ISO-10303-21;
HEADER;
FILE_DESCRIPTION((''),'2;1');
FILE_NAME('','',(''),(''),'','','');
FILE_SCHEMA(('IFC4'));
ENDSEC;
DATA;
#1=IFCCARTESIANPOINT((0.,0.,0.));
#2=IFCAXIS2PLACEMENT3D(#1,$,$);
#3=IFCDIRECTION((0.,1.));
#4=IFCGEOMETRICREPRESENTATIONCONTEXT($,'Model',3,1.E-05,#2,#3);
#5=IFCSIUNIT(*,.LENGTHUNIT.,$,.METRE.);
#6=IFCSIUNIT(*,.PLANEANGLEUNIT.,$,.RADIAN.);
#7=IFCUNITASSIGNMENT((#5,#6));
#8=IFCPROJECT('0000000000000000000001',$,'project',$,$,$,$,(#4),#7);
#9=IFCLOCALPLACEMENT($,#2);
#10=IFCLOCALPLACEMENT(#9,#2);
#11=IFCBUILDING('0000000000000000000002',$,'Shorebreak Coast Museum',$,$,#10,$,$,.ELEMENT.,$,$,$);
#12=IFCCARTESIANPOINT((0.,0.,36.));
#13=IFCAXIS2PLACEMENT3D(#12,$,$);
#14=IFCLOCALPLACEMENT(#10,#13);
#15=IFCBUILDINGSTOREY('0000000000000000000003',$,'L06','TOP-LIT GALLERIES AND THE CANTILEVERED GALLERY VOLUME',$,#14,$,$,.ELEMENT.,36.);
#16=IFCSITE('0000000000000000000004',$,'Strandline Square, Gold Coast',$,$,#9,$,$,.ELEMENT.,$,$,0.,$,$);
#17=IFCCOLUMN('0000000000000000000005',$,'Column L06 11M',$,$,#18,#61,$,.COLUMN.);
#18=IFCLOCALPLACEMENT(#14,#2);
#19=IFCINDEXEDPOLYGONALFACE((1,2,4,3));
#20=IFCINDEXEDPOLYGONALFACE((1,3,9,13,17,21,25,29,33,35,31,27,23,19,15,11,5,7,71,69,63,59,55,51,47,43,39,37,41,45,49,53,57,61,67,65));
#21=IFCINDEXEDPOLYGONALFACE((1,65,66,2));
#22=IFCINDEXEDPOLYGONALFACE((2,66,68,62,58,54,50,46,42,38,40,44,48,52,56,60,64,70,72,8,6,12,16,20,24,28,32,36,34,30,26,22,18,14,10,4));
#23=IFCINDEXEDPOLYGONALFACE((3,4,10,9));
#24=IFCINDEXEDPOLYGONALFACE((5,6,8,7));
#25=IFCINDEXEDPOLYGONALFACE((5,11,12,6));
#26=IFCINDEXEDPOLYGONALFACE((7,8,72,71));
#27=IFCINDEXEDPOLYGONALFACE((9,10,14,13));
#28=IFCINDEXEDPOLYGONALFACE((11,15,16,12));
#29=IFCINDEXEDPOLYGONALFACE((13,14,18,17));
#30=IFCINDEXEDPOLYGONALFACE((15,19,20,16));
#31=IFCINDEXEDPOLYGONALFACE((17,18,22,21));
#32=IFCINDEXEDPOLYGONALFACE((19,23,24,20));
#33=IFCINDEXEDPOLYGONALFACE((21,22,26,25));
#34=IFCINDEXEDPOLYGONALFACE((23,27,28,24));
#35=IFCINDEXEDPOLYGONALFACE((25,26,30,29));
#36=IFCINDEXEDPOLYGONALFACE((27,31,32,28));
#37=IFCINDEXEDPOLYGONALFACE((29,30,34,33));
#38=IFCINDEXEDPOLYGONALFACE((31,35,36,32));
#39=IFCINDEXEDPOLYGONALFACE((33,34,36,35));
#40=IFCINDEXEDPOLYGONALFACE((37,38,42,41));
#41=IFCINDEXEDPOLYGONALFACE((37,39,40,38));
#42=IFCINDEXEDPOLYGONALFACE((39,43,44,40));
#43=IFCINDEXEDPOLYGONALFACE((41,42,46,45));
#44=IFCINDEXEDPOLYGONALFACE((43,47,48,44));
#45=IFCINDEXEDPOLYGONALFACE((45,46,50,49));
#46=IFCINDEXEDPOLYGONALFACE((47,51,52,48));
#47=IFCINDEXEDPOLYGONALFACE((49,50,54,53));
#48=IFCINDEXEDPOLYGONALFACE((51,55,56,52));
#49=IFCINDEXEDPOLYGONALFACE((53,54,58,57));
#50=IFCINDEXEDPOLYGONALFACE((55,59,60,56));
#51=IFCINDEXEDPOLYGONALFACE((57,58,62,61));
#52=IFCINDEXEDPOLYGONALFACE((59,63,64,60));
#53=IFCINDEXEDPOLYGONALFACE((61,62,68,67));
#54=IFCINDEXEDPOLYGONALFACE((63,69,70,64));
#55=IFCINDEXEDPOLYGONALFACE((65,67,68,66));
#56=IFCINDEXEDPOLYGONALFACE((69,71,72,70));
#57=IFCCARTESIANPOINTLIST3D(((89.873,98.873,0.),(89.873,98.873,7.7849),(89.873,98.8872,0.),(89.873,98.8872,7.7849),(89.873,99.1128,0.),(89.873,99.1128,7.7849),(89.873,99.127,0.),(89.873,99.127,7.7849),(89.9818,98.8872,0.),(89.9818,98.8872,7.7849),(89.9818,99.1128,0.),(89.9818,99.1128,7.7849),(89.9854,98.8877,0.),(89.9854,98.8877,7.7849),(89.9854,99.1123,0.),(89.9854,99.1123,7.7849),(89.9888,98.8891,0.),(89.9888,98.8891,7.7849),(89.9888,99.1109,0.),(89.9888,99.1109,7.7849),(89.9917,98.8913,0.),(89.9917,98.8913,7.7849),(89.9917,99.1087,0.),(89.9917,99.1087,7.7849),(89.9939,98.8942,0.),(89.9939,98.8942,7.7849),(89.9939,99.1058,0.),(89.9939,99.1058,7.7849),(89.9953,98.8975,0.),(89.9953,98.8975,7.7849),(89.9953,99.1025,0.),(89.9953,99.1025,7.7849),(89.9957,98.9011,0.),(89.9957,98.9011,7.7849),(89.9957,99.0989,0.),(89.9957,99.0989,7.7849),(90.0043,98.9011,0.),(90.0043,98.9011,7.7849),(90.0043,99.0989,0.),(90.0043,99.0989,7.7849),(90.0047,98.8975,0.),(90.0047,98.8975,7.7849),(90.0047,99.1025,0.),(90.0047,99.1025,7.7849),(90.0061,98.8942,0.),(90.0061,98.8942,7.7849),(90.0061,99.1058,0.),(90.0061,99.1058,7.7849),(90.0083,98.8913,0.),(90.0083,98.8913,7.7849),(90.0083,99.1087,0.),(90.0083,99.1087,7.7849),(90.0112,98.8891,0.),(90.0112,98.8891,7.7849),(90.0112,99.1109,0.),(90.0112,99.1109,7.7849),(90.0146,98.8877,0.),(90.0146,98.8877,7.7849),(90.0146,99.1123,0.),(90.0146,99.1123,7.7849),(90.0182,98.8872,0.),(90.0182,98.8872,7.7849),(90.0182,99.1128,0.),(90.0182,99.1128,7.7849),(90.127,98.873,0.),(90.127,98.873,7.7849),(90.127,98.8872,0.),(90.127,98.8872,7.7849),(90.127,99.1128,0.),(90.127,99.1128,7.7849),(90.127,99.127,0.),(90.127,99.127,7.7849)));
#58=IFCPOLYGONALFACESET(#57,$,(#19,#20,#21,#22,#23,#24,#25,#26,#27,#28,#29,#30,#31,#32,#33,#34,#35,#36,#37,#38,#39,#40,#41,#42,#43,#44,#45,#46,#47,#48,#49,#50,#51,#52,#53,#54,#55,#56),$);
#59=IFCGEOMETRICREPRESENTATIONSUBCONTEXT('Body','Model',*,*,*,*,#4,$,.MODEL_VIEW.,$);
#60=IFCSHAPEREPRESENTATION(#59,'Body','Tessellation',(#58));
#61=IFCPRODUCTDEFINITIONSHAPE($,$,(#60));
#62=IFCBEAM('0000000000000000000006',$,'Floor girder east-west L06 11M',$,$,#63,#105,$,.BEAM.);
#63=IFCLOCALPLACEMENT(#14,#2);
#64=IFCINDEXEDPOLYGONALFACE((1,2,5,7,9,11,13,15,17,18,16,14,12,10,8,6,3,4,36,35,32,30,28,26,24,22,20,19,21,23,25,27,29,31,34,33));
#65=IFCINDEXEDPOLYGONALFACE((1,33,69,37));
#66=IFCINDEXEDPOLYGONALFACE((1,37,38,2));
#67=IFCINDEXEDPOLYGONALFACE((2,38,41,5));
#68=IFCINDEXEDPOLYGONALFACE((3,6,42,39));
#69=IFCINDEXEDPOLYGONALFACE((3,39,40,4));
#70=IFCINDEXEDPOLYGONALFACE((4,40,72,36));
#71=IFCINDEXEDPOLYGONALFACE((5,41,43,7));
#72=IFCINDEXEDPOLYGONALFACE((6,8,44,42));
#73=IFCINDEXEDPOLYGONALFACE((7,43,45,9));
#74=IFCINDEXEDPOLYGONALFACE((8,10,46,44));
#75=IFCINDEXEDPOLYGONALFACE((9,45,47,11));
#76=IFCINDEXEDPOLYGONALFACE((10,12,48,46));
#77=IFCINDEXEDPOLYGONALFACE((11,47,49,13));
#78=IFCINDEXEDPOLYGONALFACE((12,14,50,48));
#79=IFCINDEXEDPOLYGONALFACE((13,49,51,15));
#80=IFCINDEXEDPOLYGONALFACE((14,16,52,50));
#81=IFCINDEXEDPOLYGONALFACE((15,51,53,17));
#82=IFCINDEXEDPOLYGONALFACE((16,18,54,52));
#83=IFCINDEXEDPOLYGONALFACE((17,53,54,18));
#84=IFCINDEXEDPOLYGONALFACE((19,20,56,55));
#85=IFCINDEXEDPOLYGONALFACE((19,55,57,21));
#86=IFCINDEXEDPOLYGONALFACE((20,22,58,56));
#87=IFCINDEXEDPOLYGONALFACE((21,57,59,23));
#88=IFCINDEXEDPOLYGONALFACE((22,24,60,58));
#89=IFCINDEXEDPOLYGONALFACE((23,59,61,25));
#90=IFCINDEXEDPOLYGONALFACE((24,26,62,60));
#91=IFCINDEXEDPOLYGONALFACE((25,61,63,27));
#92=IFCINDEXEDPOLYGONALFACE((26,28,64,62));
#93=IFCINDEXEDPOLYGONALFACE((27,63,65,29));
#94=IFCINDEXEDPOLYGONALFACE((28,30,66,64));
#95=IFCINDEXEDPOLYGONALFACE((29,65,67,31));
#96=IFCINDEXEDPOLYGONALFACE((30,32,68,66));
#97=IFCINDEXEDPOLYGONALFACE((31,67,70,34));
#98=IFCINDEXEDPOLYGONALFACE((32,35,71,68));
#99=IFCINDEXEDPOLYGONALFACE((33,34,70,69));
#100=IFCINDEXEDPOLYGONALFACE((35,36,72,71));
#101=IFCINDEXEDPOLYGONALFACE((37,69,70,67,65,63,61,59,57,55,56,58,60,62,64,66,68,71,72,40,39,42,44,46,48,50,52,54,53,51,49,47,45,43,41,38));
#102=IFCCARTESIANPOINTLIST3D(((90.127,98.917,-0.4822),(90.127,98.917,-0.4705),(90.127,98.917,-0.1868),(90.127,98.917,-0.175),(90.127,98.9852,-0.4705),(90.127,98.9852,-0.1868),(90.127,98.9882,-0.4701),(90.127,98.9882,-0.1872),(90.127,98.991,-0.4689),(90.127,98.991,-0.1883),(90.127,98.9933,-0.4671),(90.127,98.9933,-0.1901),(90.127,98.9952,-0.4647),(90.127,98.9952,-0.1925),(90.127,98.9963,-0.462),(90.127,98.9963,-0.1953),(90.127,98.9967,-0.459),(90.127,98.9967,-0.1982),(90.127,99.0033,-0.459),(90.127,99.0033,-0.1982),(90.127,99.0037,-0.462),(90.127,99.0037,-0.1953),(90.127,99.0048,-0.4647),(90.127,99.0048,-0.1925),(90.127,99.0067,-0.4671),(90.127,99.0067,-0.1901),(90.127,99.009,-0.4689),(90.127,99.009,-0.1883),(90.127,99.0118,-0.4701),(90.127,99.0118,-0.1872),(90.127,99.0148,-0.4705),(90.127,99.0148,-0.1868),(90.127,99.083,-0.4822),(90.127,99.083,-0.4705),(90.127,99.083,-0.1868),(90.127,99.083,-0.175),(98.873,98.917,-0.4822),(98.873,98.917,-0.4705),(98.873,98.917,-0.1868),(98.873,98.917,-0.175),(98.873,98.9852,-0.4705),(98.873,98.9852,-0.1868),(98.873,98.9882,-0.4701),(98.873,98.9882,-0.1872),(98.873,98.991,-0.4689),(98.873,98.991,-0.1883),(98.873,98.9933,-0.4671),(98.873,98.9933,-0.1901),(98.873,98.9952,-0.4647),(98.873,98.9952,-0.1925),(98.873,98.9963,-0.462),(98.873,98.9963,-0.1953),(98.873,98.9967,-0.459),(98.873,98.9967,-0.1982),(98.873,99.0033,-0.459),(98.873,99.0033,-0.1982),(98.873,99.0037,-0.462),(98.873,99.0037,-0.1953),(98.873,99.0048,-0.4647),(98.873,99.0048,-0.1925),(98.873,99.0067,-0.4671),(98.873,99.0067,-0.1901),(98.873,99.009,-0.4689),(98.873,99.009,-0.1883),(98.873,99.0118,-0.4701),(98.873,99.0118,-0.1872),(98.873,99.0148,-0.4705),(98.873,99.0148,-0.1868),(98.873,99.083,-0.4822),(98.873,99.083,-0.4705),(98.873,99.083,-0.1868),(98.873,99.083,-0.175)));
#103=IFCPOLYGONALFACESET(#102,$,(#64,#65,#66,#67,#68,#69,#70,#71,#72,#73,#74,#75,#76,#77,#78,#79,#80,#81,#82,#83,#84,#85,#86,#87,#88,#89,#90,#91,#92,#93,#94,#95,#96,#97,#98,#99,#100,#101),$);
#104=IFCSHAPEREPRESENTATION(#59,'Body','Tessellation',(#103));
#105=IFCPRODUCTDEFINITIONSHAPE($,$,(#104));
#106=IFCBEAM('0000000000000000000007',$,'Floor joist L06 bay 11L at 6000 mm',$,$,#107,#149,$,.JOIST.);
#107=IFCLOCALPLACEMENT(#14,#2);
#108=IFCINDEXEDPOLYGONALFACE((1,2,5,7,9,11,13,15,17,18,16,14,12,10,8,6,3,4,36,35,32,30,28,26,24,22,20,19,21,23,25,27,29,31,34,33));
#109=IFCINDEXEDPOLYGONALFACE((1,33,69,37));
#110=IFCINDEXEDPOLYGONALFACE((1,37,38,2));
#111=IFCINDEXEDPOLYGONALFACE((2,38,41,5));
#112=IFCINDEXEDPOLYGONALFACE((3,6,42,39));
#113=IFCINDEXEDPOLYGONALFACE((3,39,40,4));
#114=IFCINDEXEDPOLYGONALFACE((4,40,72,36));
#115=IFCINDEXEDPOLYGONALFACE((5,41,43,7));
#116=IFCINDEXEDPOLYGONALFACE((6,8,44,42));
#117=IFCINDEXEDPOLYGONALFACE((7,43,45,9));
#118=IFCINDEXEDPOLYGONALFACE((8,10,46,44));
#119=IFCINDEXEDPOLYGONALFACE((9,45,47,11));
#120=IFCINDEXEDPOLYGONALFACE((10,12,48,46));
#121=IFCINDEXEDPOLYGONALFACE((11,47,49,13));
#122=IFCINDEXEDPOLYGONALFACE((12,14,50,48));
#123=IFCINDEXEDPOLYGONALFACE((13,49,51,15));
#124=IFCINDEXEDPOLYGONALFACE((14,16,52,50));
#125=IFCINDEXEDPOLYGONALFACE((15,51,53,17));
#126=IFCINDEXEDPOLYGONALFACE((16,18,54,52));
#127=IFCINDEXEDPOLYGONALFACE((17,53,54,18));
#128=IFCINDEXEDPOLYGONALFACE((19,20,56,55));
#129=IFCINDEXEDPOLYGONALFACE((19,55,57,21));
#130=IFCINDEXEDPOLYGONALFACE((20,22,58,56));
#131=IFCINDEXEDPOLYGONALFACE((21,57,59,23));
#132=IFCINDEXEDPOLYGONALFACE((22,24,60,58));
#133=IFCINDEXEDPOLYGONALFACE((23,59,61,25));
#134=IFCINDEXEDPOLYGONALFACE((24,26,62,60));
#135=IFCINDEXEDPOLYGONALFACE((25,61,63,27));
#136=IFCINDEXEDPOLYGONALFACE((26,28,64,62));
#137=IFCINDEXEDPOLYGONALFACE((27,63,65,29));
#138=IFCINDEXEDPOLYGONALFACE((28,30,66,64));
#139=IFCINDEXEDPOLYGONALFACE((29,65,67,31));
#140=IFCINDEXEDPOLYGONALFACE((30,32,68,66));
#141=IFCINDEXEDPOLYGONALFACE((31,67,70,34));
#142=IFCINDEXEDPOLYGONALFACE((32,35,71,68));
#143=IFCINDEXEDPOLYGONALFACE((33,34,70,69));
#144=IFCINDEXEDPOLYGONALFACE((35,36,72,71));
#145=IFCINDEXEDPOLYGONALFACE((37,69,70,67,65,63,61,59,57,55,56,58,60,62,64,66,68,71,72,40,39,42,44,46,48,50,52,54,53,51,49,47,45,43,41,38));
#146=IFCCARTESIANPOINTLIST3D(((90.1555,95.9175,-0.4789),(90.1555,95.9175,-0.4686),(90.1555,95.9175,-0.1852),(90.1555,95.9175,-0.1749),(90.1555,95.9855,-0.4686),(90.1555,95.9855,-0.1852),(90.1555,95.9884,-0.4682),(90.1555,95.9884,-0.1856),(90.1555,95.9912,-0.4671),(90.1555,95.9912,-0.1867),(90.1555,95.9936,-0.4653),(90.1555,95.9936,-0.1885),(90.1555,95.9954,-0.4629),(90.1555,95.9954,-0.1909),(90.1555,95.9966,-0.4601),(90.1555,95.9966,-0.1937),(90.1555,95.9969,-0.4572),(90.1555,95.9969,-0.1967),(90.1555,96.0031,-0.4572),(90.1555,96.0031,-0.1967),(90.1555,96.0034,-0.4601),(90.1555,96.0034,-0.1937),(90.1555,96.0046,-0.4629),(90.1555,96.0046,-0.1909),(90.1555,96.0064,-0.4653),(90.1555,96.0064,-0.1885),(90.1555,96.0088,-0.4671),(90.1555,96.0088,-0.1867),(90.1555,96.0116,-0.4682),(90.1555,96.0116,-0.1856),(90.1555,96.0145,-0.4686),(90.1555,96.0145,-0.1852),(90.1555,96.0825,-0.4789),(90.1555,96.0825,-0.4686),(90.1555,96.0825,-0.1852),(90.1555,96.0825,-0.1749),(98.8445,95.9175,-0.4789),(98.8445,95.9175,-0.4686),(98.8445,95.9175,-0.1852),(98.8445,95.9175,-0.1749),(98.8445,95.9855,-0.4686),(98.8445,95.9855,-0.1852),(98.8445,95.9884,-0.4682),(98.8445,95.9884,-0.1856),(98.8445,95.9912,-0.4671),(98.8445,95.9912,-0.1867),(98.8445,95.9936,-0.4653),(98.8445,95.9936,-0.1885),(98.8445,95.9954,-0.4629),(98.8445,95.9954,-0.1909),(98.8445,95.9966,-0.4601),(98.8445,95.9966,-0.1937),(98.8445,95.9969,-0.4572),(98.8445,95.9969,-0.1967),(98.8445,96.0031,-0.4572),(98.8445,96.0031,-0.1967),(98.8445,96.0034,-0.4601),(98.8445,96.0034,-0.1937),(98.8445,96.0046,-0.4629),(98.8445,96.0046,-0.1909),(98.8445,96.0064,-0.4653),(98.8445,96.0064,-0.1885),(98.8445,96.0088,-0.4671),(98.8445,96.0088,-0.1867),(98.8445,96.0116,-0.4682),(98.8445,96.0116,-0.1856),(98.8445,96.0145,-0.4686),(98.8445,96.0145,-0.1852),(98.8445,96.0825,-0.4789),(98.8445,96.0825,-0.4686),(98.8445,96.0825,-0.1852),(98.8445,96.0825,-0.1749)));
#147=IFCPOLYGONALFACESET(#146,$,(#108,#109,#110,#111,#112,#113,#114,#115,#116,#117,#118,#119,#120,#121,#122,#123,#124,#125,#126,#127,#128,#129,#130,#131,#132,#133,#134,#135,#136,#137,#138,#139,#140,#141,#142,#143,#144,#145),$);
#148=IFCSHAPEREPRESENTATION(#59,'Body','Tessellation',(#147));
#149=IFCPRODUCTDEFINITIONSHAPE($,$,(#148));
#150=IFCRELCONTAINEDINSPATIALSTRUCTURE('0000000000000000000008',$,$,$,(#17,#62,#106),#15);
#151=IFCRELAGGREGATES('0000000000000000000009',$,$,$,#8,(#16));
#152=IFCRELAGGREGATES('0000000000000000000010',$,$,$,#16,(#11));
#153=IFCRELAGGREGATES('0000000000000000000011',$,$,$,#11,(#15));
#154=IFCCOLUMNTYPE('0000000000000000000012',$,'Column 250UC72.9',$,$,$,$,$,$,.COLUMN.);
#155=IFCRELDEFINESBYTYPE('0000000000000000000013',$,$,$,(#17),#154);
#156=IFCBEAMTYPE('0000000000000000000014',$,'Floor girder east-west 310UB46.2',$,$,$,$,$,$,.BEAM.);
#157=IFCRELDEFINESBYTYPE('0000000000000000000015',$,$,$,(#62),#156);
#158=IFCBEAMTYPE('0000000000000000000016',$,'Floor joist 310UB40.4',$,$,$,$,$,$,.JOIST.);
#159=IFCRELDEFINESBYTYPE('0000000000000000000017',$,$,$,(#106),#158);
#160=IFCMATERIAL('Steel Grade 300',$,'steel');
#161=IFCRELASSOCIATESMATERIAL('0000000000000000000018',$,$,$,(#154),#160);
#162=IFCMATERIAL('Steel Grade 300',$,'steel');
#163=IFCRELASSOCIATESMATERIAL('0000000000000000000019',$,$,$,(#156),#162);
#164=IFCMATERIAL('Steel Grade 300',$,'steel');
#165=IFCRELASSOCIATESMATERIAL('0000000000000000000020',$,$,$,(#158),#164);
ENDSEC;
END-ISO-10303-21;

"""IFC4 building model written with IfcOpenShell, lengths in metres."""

from ifc_helpers import new_model, si_unit, direction, frame, origin, origin_2d, place, context, subcontext, project, spatial, i_section, extrude, material, material_profile, profile_set, type_object, element, save


model = new_model("IFC4")

# Units and contexts
model_context = context("Model", 3, precision=1e-05, world=origin(), true_north=direction((0.0, 1.0)))
body_context = subcontext(model_context, "Body", "Model", "MODEL_VIEW")
ifc_project = project(units=[si_unit("LENGTHUNIT", "METRE"), si_unit("PLANEANGLEUNIT", "RADIAN")], contexts=[model_context])

# Site, building, storey
site_placement = place(None, origin())
site = spatial("IfcSite", under=ifc_project, at=site_placement, Name="Strandline Square, Gold Coast", CompositionType="ELEMENT", RefElevation=0.0)
building_placement = place(site_placement, origin())
building = spatial("IfcBuilding", under=site, at=building_placement, Name="Shorebreak Coast Museum", CompositionType="ELEMENT")
storey_placement = place(building_placement, frame((0.0, 0.0, 36.0)))
storey = spatial("IfcBuildingStorey", under=building, at=storey_placement, Name="L06", Description="TOP-LIT GALLERIES AND THE CANTILEVERED GALLERY VOLUME", CompositionType="ELEMENT", Elevation=36.0)

# Column
ifc_material_1 = material(Name="Steel Grade 300", Category="steel")
ifc_material_profile_1 = material_profile(ifc_material_1, i_section(OverallWidth=0.2539, OverallDepth=0.2539, WebThickness=0.0085, FlangeThickness=0.0142, FilletRadius=0.0139, at=origin_2d()), Name="250UC72.9")
ifc_profile_set_1 = profile_set([ifc_material_profile_1], Name="Steel Grade 300")
column_type = type_object("IfcColumnType", Name="Column 250UC72.9", PredefinedType="COLUMN", material=ifc_profile_set_1)
column_placement = place(storey_placement, frame((90.0, 99.0, 0.0), z_axis=(0.0, 0.0, 1.0), x_axis=(1.0, 0.0, 0.0)))
element("IfcColumn", 1, at=column_placement, inside=storey, type_object=column_type, Name="Column L06 11M", PredefinedType="COLUMN", context=body_context, shape_type="SweptSolid", body=[
    extrude(i_section(OverallWidth=0.2539, OverallDepth=0.2539, WebThickness=0.0085, FlangeThickness=0.0142, FilletRadius=0.0139, at=origin_2d()), origin(), (0.0, 0.0, 1.0), 7.7849),
])

# Beams
ifc_material_2 = material(Name="Steel Grade 300", Category="steel")
ifc_material_profile_2 = material_profile(ifc_material_2, i_section(OverallWidth=0.166, OverallDepth=0.3071, WebThickness=0.0066, FlangeThickness=0.0117, FilletRadius=0.0115, at=origin_2d()), Name="310UB46.2")
ifc_profile_set_2 = profile_set([ifc_material_profile_2], Name="Steel Grade 300")
beam_type_1 = type_object("IfcBeamType", Name="Floor girder east-west 310UB46.2", PredefinedType="BEAM", material=ifc_profile_set_2)
beam_1_placement = place(storey_placement, frame((90.127, 99.0, -0.3286), z_axis=(1.0, 0.0, 0.0), x_axis=(0.0, 1.0, 0.0)))
element("IfcBeam", 2, at=beam_1_placement, inside=storey, type_object=beam_type_1, Name="Floor girder east-west L06 11M", PredefinedType="BEAM", context=body_context, shape_type="SweptSolid", body=[
    extrude(i_section(OverallWidth=0.166, OverallDepth=0.3071, WebThickness=0.0066, FlangeThickness=0.0117, FilletRadius=0.0115, at=origin_2d()), origin(), (0.0, 0.0, 1.0), 8.7461),
])
ifc_material_3 = material(Name="Steel Grade 300", Category="steel")
ifc_material_profile_3 = material_profile(ifc_material_3, i_section(OverallWidth=0.165, OverallDepth=0.304, WebThickness=0.0061, FlangeThickness=0.0103, FilletRadius=0.0115, at=origin_2d()), Name="310UB40.4")
ifc_profile_set_3 = profile_set([ifc_material_profile_3], Name="Steel Grade 300")
beam_type_2 = type_object("IfcBeamType", Name="Floor joist 310UB40.4", PredefinedType="JOIST", material=ifc_profile_set_3)
beam_2_placement = place(storey_placement, frame((90.1555, 96.0, -0.3269), z_axis=(1.0, 0.0, 0.0), x_axis=(0.0, 1.0, 0.0)))
element("IfcBeam", 3, at=beam_2_placement, inside=storey, type_object=beam_type_2, Name="Floor joist L06 bay 11L at 6000 mm", PredefinedType="JOIST", context=body_context, shape_type="SweptSolid", body=[
    extrude(i_section(OverallWidth=0.165, OverallDepth=0.304, WebThickness=0.0061, FlangeThickness=0.0103, FilletRadius=0.0115, at=origin_2d()), origin(), (0.0, 0.0, 1.0), 8.689),
])

save(model, "model.ifc")
